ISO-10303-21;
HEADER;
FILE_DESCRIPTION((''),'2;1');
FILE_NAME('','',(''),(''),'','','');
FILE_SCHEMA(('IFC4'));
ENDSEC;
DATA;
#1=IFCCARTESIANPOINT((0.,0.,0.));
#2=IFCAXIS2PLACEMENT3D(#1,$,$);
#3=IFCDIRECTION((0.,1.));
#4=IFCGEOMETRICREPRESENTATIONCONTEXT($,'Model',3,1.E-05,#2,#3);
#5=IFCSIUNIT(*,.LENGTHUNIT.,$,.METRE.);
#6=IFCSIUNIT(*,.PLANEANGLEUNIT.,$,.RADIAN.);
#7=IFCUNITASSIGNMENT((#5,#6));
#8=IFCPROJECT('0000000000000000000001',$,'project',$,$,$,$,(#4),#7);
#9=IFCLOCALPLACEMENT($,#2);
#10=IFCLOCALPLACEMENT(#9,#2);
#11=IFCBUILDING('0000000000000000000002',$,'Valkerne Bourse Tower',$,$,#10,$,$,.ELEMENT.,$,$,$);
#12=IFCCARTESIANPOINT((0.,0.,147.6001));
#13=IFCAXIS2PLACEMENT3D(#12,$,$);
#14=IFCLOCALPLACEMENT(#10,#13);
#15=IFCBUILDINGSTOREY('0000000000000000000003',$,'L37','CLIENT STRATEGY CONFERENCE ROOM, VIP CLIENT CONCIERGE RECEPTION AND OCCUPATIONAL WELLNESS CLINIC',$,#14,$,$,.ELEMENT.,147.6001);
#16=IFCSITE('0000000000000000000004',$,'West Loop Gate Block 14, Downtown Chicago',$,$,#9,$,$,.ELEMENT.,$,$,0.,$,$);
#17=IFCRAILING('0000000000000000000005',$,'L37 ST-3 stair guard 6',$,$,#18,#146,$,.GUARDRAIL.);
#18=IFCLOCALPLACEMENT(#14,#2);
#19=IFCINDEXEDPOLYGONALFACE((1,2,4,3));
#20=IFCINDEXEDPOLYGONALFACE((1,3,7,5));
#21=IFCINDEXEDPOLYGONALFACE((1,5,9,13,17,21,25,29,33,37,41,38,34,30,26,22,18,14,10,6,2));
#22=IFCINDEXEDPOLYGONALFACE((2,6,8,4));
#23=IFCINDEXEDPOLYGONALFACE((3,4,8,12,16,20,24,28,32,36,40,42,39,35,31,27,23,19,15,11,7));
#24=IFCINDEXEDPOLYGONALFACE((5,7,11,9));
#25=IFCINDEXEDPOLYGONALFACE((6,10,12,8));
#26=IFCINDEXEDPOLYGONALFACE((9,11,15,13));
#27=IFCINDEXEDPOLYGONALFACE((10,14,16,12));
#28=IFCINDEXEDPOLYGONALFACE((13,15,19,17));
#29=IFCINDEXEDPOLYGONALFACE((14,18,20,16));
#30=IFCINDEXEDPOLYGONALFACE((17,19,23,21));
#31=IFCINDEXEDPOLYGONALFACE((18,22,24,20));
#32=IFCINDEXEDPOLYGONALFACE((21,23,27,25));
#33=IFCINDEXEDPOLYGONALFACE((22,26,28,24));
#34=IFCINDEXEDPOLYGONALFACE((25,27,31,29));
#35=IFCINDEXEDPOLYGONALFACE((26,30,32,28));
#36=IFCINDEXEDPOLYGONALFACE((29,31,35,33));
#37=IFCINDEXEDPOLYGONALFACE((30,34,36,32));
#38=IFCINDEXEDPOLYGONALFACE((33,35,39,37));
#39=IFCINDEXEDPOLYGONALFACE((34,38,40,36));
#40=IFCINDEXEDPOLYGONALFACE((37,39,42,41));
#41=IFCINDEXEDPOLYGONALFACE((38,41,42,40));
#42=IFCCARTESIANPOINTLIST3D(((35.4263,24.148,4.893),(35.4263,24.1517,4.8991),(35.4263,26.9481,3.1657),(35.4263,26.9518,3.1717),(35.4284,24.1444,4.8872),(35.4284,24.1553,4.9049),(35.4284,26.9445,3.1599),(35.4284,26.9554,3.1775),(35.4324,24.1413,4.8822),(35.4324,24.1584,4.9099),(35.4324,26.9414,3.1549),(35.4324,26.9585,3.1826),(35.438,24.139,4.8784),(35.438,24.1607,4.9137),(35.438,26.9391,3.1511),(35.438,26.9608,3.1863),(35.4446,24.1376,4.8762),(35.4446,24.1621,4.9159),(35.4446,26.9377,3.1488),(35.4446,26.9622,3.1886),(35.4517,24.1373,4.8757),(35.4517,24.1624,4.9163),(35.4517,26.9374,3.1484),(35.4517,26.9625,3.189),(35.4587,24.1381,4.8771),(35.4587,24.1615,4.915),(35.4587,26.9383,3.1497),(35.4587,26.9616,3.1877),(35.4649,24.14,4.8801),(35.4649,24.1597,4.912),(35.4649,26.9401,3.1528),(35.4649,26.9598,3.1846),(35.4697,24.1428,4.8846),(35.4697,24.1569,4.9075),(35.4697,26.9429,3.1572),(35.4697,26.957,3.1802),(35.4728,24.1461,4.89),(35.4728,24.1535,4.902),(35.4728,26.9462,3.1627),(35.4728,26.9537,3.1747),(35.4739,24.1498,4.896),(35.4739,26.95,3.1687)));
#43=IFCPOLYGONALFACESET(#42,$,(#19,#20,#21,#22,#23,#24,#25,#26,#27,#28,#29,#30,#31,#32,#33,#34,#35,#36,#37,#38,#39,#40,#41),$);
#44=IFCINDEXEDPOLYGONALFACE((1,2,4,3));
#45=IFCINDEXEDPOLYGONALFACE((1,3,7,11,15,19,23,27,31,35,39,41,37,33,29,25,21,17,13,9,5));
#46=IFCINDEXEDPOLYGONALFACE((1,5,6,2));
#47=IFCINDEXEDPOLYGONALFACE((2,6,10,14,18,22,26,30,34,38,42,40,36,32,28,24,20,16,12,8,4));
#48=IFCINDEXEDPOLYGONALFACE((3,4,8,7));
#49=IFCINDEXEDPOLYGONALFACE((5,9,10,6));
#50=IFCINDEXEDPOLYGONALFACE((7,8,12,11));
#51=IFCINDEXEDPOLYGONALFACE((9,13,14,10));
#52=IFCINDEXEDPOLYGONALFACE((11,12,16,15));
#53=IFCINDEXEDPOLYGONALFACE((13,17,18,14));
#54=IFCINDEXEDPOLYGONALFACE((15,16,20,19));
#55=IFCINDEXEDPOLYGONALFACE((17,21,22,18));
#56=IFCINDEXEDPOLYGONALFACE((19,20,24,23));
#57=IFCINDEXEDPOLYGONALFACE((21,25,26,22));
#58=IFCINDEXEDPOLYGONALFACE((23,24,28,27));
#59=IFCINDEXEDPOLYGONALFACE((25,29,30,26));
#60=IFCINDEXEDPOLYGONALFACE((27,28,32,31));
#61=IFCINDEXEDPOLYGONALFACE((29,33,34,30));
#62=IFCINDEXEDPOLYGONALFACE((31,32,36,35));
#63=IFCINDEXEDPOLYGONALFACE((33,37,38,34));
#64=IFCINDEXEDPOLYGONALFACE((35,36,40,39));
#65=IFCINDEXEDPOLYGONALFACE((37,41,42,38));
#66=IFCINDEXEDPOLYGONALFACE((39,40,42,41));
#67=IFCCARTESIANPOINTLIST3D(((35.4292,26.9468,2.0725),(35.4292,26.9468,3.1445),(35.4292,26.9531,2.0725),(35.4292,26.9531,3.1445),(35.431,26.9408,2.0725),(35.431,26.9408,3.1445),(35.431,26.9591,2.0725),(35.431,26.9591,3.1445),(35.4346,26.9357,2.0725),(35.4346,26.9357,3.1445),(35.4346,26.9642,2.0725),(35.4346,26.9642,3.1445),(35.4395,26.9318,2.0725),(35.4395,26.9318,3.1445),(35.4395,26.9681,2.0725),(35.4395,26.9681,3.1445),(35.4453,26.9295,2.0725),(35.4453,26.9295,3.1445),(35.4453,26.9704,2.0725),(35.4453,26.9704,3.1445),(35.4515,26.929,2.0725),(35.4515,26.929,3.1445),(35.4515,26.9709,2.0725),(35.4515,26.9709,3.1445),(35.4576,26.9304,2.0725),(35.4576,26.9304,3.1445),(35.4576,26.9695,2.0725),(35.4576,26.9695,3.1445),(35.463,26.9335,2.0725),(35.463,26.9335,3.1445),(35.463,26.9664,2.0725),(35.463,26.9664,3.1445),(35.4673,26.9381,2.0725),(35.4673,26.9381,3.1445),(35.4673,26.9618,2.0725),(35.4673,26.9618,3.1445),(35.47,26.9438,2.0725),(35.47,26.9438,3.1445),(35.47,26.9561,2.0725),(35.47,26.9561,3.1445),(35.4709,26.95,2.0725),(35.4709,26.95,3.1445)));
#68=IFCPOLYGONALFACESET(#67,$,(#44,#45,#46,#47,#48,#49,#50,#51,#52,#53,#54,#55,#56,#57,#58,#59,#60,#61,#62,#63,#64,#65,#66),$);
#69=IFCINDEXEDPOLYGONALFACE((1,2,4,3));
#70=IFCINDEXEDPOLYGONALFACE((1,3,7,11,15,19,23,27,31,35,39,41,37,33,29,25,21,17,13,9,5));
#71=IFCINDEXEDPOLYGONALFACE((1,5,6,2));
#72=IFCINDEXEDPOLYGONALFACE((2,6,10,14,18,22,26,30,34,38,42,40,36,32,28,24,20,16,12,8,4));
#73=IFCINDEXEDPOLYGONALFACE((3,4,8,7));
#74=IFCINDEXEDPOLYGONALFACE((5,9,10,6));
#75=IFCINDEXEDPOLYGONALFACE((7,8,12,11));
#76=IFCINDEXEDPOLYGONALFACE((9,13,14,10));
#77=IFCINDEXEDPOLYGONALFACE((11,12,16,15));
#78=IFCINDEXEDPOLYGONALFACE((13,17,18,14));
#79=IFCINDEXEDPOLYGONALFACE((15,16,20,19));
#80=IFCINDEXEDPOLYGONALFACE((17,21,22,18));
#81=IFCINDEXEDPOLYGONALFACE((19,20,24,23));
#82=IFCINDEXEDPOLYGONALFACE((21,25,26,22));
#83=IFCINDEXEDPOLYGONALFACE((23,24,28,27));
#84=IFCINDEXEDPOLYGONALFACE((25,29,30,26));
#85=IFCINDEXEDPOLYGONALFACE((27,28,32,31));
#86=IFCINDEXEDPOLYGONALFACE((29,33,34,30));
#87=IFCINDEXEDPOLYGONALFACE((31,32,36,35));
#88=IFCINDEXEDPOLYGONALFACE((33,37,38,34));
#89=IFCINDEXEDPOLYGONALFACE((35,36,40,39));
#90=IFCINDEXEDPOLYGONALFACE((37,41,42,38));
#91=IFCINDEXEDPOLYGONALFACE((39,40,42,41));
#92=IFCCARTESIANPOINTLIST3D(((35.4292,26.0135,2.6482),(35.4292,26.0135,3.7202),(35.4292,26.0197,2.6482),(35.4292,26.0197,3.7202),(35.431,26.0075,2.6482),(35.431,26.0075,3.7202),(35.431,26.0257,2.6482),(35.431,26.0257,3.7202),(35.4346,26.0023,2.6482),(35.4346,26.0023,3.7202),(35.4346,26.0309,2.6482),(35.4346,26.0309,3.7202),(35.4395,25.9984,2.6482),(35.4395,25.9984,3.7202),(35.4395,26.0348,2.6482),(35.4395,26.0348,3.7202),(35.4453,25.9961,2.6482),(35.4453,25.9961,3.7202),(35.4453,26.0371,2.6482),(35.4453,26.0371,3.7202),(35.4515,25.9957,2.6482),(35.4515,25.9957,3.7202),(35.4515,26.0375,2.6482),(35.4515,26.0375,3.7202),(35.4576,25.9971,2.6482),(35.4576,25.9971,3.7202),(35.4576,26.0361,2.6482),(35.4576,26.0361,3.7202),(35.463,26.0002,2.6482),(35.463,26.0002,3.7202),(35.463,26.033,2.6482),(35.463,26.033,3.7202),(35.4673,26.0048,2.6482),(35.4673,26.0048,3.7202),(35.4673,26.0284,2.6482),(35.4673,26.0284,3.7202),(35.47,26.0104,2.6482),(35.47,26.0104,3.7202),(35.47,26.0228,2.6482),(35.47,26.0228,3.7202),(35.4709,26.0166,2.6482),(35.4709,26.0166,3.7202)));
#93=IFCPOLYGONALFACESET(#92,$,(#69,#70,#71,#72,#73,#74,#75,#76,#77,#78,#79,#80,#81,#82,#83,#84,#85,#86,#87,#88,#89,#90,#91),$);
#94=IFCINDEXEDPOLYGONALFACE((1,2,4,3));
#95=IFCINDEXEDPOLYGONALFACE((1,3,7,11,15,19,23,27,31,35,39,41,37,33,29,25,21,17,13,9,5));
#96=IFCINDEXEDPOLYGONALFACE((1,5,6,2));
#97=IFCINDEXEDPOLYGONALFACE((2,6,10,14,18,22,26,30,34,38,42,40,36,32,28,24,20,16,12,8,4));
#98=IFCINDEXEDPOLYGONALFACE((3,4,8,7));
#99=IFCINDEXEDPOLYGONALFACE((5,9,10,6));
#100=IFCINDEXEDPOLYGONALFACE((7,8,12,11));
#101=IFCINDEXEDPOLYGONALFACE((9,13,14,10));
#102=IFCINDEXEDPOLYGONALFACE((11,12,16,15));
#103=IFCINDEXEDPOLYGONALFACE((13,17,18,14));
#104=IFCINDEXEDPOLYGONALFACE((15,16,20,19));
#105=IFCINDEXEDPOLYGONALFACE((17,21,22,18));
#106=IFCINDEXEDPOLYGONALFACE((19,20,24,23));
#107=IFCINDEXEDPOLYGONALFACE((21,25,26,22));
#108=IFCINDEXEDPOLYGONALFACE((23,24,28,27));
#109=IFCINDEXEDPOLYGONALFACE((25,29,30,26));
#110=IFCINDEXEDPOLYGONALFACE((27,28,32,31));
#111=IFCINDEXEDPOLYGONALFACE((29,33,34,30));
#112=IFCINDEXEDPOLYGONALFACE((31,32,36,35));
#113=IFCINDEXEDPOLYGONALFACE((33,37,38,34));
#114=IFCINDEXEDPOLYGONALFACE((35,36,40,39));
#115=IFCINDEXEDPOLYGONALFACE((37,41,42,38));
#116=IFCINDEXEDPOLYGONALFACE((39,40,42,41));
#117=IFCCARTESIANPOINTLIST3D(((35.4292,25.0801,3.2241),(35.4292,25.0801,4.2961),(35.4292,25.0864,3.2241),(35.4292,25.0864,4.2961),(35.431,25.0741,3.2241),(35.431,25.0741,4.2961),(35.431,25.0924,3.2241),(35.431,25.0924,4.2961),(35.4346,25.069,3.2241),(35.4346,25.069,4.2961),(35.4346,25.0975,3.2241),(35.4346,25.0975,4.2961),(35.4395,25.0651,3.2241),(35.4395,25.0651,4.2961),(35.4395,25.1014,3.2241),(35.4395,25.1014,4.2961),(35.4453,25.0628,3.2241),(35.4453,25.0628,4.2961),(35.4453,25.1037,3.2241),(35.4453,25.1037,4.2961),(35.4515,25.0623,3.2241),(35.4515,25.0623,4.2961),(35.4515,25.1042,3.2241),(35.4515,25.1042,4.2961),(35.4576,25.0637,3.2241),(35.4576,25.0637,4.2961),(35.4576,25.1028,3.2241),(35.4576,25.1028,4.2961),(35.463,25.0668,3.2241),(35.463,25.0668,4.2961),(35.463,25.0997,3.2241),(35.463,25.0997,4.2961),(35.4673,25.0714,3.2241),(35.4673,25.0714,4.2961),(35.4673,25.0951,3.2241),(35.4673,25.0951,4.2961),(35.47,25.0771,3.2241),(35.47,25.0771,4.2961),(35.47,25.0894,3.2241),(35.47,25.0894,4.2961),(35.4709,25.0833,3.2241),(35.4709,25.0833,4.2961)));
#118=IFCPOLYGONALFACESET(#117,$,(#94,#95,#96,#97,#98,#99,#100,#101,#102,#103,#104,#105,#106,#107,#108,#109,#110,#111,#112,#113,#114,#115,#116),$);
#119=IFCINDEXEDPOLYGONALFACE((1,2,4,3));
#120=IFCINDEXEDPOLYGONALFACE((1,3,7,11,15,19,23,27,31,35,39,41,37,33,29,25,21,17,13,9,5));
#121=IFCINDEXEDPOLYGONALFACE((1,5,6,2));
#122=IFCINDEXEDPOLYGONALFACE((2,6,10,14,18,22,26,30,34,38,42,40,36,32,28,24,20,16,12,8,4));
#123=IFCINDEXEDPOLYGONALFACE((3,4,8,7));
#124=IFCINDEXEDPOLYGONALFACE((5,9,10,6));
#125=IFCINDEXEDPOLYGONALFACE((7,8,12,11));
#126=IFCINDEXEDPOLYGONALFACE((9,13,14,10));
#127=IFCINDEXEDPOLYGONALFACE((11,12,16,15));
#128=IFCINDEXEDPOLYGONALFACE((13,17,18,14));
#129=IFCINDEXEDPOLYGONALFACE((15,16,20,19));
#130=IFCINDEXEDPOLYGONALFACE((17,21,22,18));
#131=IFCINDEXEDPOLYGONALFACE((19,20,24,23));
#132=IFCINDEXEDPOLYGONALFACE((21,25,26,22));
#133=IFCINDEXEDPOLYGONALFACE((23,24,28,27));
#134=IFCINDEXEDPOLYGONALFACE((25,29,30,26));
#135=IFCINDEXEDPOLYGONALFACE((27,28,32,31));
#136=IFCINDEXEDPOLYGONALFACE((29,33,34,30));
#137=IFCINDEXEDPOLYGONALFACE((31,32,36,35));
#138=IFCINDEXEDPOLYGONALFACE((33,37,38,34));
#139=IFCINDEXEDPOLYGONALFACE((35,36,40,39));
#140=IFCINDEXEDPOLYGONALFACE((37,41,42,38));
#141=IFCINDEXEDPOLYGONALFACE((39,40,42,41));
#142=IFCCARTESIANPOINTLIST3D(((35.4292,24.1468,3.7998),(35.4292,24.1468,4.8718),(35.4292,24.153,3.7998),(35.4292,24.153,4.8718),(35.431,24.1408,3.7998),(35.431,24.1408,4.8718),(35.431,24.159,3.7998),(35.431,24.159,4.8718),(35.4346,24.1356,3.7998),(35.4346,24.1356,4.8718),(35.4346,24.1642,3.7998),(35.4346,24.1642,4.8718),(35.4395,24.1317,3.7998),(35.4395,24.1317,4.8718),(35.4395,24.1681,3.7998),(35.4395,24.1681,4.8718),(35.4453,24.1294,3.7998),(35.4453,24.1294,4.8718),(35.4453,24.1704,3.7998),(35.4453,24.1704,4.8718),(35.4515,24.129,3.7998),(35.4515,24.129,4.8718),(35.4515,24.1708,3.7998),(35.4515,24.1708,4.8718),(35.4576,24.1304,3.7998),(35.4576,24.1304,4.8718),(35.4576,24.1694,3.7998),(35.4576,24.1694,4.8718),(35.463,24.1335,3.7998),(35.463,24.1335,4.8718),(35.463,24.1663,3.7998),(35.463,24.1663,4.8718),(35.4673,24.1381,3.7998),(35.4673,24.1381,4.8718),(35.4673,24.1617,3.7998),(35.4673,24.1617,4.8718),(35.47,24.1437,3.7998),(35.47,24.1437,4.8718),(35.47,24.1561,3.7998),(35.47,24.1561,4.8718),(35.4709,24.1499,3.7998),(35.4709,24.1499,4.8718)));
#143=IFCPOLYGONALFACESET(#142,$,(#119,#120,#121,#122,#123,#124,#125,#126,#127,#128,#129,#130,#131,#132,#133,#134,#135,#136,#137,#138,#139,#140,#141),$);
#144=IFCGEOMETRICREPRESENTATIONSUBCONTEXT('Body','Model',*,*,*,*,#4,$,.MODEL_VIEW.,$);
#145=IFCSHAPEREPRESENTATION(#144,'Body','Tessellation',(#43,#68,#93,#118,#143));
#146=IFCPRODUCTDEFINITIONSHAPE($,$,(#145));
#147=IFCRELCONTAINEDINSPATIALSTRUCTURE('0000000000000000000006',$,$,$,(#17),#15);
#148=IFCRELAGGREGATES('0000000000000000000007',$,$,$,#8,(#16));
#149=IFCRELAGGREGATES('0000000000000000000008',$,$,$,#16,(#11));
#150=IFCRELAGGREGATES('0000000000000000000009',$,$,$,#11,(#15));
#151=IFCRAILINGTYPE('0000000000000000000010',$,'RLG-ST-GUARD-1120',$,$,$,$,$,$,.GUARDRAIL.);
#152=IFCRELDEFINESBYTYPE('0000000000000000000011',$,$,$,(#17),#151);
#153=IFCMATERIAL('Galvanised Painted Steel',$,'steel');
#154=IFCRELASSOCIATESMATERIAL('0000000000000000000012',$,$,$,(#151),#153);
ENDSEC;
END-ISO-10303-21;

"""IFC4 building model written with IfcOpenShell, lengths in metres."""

from ifc_helpers import new_model, si_unit, direction, frame, origin, origin_2d, place, context, subcontext, project, spatial, circle, extrude, material, type_object, element, save


model = new_model("IFC4")

# Units and contexts
model_context = context("Model", 3, precision=1e-05, world=origin(), true_north=direction((0.0, 1.0)))
body_context = subcontext(model_context, "Body", "Model", "MODEL_VIEW")
ifc_project = project(units=[si_unit("LENGTHUNIT", "METRE"), si_unit("PLANEANGLEUNIT", "RADIAN")], contexts=[model_context])

# Site, building, storey
site_placement = place(None, origin())
site = spatial("IfcSite", under=ifc_project, at=site_placement, Name="West Loop Gate Block 14, Downtown Chicago", CompositionType="ELEMENT", RefElevation=0.0)
building_placement = place(site_placement, origin())
building = spatial("IfcBuilding", under=site, at=building_placement, Name="Valkerne Bourse Tower", CompositionType="ELEMENT")
storey_placement = place(building_placement, frame((0.0, 0.0, 147.6001)))
storey = spatial("IfcBuildingStorey", under=building, at=storey_placement, Name="L37", Description="CLIENT STRATEGY CONFERENCE ROOM, VIP CLIENT CONCIERGE RECEPTION AND OCCUPATIONAL WELLNESS CLINIC", CompositionType="ELEMENT", Elevation=147.6001)

# Railing
ifc_material_1 = material(Name="Galvanised Painted Steel", Category="steel")
railing_type_1 = type_object("IfcRailingType", Name="RLG-ST-GUARD-1120", PredefinedType="GUARDRAIL", material=ifc_material_1)
railing_1_placement = place(storey_placement, frame((35.45, 26.95, 2.0725)))
element("IfcRailing", 1, at=railing_1_placement, inside=storey, type_object=railing_type_1, Name="L37 ST-3 stair guard 6", PredefinedType="GUARDRAIL", context=body_context, shape_type="SweptSolid", body=[
    extrude(circle(Radius=0.0239, at=origin_2d()), frame((0.0, 0.0, 1.0962), z_axis=(0.0, -0.85109, 0.52502), x_axis=(1.0, 0.0, 0.0)), (0.0, 0.0, 1.0), 3.29),
    extrude(circle(Radius=0.021, at=origin_2d()), origin(), (0.0, 0.0, 1.0), 1.072),
    extrude(circle(Radius=0.021, at=origin_2d()), frame((0.0, -0.9333, 0.5757)), (0.0, 0.0, 1.0), 1.072),
    extrude(circle(Radius=0.021, at=origin_2d()), frame((0.0, -1.8667, 1.1516)), (0.0, 0.0, 1.0), 1.072),
    extrude(circle(Radius=0.021, at=origin_2d()), frame((0.0, -2.8, 1.7273)), (0.0, 0.0, 1.0), 1.072),
])

save(model, "model.ifc")
